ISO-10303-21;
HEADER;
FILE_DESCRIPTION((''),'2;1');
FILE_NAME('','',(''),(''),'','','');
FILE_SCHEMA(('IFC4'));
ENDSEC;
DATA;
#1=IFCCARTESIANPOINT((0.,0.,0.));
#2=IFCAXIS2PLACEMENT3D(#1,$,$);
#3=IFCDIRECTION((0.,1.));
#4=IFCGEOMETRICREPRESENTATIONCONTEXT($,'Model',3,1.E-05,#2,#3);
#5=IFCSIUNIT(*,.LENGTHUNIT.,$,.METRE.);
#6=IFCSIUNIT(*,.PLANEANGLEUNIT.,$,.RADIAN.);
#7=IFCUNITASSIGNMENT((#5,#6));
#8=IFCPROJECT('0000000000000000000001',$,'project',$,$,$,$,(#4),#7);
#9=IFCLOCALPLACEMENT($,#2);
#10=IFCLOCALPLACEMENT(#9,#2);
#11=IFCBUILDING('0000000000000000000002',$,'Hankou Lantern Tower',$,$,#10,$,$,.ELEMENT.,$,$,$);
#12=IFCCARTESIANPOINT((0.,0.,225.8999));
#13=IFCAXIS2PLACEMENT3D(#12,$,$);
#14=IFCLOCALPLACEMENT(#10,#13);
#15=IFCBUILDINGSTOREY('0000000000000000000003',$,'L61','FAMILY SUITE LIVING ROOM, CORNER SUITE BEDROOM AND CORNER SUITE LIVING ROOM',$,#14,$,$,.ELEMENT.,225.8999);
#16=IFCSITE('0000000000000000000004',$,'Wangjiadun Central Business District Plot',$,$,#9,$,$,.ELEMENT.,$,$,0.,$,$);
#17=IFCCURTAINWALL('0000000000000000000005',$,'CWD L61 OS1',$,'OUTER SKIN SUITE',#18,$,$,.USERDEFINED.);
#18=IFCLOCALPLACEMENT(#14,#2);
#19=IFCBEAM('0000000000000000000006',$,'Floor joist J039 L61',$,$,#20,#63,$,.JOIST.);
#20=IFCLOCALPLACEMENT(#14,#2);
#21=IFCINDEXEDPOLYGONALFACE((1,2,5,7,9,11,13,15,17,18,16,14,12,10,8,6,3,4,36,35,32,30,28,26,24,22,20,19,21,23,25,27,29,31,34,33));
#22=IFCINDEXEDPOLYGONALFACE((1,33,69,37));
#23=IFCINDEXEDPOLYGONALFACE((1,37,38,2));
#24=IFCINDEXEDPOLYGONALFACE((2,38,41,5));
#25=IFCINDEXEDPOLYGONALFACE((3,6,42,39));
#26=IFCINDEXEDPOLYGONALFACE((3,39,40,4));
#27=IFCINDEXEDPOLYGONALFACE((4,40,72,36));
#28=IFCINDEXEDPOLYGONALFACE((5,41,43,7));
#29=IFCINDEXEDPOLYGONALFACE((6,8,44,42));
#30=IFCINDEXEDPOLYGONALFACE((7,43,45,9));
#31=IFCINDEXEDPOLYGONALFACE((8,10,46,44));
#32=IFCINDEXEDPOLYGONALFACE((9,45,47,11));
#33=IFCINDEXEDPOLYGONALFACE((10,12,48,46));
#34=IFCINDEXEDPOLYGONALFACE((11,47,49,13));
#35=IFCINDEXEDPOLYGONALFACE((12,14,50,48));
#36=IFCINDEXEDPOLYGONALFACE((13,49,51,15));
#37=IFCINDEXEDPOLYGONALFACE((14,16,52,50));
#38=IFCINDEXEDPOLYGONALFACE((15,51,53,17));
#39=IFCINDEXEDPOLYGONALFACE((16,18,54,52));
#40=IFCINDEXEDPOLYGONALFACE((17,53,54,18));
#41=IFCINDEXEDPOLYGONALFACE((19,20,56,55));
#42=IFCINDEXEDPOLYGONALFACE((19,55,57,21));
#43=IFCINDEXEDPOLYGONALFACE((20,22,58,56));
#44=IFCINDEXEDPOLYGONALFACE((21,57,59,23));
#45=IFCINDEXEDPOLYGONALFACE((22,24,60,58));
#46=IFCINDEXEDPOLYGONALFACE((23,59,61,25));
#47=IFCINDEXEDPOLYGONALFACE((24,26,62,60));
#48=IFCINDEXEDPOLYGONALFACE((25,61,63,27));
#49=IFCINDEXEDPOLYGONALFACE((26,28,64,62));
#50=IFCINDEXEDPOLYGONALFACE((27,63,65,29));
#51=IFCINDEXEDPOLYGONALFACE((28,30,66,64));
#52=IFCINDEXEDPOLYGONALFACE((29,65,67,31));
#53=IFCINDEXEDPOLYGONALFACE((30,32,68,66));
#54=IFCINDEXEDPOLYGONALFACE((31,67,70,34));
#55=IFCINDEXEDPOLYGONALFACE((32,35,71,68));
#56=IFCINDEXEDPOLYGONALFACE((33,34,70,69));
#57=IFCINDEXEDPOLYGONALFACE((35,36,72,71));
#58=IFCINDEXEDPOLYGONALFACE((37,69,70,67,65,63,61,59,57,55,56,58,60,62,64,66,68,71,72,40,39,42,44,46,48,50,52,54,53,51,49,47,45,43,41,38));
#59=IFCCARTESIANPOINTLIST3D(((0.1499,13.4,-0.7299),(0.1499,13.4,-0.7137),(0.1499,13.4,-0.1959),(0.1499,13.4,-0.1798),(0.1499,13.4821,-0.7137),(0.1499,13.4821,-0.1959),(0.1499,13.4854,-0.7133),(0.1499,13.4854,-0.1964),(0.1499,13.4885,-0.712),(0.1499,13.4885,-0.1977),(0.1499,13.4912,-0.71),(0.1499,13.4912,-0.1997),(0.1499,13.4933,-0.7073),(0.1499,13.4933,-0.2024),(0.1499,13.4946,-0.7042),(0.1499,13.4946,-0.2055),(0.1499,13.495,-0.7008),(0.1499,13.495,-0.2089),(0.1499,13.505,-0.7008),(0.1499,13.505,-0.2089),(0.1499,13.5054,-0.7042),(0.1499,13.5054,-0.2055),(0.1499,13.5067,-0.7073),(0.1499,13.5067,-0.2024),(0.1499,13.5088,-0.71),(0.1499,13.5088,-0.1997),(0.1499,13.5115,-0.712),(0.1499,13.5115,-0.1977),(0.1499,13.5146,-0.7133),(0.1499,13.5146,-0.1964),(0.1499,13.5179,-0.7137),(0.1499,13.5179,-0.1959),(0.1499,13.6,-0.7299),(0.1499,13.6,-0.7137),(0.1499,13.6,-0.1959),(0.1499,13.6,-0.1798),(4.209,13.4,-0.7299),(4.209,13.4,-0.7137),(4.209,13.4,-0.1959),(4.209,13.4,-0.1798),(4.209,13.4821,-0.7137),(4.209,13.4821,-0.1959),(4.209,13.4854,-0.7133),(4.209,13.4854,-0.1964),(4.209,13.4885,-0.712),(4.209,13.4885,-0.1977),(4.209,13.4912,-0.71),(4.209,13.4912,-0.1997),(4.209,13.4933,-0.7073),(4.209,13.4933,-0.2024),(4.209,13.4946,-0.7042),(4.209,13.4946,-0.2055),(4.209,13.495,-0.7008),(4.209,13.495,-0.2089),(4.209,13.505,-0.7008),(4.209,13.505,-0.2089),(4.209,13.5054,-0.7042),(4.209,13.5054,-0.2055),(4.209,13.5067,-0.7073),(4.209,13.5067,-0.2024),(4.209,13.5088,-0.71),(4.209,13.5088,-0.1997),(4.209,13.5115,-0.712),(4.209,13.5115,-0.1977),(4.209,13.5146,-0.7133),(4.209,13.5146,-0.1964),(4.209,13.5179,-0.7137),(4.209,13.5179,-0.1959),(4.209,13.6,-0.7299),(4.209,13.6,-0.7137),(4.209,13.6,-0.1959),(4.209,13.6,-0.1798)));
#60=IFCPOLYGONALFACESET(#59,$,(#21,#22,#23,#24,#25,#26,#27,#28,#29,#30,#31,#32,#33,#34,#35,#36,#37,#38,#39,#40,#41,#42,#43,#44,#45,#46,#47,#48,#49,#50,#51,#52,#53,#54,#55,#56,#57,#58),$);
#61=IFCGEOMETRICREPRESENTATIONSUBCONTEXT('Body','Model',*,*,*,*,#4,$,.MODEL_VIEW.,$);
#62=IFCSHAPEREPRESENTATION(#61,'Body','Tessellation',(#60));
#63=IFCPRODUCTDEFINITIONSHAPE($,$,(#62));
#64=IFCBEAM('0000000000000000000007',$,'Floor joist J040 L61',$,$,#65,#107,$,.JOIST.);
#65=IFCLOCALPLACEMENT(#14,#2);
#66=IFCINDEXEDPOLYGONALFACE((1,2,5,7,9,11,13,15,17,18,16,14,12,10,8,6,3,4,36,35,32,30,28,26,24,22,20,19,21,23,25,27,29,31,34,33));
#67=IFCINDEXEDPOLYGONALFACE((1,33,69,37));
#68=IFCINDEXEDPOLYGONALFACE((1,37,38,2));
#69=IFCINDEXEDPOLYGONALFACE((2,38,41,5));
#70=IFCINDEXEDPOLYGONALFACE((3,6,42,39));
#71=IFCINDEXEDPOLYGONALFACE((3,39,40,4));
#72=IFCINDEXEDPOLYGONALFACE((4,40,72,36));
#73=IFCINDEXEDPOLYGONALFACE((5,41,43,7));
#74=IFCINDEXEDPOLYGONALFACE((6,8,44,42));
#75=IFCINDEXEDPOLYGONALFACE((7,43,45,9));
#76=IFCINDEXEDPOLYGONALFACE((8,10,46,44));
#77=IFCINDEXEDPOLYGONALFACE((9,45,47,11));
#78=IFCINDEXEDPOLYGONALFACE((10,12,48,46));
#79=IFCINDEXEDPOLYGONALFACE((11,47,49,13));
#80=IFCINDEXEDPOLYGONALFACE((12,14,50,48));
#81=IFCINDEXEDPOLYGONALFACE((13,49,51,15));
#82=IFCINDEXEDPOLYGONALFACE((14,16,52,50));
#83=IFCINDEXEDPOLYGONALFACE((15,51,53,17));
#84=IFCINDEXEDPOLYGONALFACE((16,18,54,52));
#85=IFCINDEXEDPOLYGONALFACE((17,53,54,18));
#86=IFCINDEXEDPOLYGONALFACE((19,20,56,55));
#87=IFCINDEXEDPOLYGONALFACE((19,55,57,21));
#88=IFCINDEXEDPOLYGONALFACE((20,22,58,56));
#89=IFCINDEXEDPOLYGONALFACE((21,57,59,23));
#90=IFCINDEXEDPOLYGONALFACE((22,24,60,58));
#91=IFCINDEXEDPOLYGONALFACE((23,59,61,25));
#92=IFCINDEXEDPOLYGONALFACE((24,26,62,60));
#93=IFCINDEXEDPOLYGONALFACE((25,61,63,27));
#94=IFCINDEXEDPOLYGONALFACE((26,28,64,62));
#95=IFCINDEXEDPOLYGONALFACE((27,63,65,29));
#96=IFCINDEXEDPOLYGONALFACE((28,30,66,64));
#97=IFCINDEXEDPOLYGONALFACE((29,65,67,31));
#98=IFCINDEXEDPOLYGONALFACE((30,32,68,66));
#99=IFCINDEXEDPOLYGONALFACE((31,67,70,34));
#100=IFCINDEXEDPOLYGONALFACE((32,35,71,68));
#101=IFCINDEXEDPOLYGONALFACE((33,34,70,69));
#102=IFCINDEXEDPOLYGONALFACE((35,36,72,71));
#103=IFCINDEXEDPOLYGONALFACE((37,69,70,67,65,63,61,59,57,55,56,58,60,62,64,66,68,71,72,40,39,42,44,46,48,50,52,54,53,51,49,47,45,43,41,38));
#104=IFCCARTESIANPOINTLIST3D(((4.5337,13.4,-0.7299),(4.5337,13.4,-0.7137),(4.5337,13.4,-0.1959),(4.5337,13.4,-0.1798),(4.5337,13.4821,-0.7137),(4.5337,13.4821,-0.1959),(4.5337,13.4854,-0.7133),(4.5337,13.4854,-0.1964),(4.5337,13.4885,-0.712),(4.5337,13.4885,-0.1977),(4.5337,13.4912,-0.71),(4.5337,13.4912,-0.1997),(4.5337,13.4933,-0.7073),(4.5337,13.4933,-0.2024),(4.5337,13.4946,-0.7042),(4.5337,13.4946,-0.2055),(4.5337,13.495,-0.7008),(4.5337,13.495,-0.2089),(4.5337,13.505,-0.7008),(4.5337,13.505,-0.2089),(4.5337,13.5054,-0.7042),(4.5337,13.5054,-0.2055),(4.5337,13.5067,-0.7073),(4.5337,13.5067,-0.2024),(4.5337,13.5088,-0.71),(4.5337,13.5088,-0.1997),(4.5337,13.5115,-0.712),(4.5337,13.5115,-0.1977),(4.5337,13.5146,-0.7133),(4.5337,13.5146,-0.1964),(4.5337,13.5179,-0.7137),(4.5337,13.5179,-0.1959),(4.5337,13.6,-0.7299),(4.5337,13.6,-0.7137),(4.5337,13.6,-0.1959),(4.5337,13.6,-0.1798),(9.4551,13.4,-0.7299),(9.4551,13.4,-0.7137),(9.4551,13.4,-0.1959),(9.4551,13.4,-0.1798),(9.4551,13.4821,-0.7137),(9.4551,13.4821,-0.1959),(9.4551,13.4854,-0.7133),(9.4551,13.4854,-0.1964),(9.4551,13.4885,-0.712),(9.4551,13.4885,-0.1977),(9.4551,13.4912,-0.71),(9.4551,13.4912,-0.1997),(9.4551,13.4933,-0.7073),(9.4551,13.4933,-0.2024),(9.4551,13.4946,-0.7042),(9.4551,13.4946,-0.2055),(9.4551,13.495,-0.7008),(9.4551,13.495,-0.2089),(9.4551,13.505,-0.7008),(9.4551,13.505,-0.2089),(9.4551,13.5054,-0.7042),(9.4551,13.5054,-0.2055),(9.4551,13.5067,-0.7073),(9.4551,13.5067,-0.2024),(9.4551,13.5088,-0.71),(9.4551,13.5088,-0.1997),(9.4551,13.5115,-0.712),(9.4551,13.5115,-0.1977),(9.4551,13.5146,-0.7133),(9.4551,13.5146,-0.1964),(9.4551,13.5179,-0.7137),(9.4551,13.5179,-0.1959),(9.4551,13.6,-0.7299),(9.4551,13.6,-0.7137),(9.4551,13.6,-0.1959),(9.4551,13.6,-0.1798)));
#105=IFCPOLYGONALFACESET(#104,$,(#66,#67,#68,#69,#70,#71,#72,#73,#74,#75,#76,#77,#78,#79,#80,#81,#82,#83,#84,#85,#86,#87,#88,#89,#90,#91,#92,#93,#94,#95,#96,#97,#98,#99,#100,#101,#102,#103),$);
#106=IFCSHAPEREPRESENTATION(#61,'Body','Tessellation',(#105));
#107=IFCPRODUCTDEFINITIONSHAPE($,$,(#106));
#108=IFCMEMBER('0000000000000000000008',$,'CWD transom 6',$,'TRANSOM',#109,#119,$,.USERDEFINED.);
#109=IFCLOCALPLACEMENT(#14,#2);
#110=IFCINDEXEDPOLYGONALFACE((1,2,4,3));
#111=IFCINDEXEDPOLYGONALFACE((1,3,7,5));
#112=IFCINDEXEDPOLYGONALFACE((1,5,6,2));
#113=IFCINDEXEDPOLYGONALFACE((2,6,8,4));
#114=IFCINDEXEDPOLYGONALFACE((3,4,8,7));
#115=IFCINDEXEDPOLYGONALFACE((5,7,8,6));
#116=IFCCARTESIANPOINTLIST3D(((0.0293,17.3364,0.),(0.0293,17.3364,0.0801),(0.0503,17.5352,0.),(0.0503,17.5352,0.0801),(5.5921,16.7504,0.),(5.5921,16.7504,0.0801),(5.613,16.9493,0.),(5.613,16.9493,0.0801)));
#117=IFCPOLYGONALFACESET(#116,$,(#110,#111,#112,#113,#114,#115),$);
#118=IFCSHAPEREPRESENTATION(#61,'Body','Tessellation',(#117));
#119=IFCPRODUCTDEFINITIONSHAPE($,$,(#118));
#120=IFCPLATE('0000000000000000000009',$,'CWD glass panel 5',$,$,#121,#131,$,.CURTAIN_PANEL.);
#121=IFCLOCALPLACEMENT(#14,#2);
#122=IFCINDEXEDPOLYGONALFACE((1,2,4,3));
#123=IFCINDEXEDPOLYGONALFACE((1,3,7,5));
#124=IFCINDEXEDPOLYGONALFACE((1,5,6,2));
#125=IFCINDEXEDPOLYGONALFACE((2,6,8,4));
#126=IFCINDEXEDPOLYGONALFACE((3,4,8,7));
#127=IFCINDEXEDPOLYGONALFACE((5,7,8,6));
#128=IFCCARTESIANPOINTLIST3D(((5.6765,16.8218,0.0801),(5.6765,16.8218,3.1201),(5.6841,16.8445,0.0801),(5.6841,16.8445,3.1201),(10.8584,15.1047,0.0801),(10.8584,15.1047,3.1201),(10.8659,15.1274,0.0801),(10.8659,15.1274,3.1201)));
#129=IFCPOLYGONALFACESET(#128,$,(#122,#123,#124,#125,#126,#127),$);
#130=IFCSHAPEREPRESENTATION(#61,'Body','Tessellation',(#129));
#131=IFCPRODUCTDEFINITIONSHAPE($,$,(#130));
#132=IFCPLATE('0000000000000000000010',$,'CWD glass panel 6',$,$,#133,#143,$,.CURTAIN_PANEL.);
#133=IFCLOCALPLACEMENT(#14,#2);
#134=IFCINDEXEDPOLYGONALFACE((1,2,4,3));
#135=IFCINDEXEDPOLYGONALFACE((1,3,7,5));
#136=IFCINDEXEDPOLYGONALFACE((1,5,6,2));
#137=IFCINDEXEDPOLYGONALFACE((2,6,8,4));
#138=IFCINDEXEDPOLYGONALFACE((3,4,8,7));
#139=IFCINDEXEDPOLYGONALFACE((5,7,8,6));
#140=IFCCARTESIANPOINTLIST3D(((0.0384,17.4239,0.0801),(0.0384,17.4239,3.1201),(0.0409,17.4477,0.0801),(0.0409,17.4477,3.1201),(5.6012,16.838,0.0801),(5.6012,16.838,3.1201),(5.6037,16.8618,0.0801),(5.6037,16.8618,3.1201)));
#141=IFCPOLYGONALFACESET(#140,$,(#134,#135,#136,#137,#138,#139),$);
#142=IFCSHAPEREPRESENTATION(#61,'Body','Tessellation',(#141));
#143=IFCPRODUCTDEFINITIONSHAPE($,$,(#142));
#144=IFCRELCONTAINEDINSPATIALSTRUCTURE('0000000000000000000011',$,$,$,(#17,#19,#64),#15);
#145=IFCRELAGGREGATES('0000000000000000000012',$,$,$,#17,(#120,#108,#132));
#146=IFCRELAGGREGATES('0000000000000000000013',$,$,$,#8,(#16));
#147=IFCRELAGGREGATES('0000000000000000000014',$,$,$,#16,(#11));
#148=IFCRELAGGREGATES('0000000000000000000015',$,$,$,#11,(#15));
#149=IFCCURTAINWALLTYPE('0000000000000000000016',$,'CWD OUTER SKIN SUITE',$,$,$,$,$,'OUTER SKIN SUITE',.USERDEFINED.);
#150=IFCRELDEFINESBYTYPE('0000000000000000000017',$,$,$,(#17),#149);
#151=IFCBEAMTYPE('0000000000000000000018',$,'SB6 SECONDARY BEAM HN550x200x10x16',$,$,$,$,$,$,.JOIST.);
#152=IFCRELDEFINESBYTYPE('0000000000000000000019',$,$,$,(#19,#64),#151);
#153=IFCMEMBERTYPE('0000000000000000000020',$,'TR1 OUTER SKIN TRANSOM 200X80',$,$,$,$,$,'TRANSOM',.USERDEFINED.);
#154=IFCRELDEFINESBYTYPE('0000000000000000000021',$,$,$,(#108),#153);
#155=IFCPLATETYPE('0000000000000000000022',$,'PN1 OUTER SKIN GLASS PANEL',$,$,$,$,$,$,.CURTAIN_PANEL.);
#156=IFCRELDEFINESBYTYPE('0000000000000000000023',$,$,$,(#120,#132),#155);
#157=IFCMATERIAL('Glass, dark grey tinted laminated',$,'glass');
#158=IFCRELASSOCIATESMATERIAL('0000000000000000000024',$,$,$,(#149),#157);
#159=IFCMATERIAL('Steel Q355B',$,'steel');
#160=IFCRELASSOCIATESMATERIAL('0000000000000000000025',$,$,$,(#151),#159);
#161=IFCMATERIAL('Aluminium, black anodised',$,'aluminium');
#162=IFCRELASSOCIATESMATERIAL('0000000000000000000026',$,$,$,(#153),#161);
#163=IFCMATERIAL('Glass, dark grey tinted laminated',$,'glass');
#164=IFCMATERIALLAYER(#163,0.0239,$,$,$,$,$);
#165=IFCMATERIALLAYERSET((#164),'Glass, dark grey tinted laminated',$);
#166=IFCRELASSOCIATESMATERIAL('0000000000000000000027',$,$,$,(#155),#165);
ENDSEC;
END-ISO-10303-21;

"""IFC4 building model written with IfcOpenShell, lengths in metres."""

from ifc_helpers import new_model, si_unit, direction, frame, origin, origin_2d, place, context, subcontext, project, spatial, rectangle, i_section, extrude, material, layer, layer_set, material_profile, profile_set, type_object, element, aggregate, save


model = new_model("IFC4")

# Units and contexts
model_context = context("Model", 3, precision=1e-05, world=origin(), true_north=direction((0.0, 1.0)))
body_context = subcontext(model_context, "Body", "Model", "MODEL_VIEW")
ifc_project = project(units=[si_unit("LENGTHUNIT", "METRE"), si_unit("PLANEANGLEUNIT", "RADIAN")], contexts=[model_context])

# Site, building, storey
site_placement = place(None, origin())
site = spatial("IfcSite", under=ifc_project, at=site_placement, Name="Wangjiadun Central Business District Plot", CompositionType="ELEMENT", RefElevation=0.0)
building_placement = place(site_placement, origin())
building = spatial("IfcBuilding", under=site, at=building_placement, Name="Hankou Lantern Tower", CompositionType="ELEMENT")
storey_placement = place(building_placement, frame((0.0, 0.0, 225.8999)))
storey = spatial("IfcBuildingStorey", under=building, at=storey_placement, Name="L61", Description="FAMILY SUITE LIVING ROOM, CORNER SUITE BEDROOM AND CORNER SUITE LIVING ROOM", CompositionType="ELEMENT", Elevation=225.8999)

# Curtain wall
ifc_material_1 = material(Name="Glass, dark grey tinted laminated", Category="glass")
curtain_wall_type = type_object("IfcCurtainWallType", Name="CWD OUTER SKIN SUITE", ElementType="OUTER SKIN SUITE", PredefinedType="USERDEFINED", material=ifc_material_1)
curtain_wall_1_placement = place(storey_placement, origin())
curtain_wall_1 = element("IfcCurtainWall", 1, at=curtain_wall_1_placement, inside=storey, type_object=curtain_wall_type, Name="CWD L61 OS1", ObjectType="OUTER SKIN SUITE", PredefinedType="USERDEFINED")

# Beams
ifc_material_2 = material(Name="Steel Q355B", Category="steel")
ifc_material_profile_1 = material_profile(ifc_material_2, i_section(OverallWidth=0.2, OverallDepth=0.55, WebThickness=0.01, FlangeThickness=0.0161, FilletRadius=0.0129, at=origin_2d()), Name="HN550x200x10x16")
ifc_profile_set_1 = profile_set([ifc_material_profile_1], Name="Steel Q355B")
beam_type_1 = type_object("IfcBeamType", Name="SB6 SECONDARY BEAM HN550x200x10x16", PredefinedType="JOIST", material=ifc_profile_set_1)
beam_1_placement = place(storey_placement, frame((0.1499, 13.5, -0.4548), z_axis=(1.0, 0.0, 0.0), x_axis=(0.0, 1.0, 0.0)))
element("IfcBeam", 2, at=beam_1_placement, inside=storey, type_object=beam_type_1, Name="Floor joist J039 L61", PredefinedType="JOIST", context=body_context, shape_type="SweptSolid", body=[
    extrude(i_section(OverallWidth=0.2, OverallDepth=0.55, WebThickness=0.01, FlangeThickness=0.0161, FilletRadius=0.0129, at=origin_2d()), origin(), (0.0, 0.0, 1.0), 4.0591),
])
beam_2_placement = place(storey_placement, frame((4.5337, 13.5, -0.4548), z_axis=(1.0, 0.0, 0.0), x_axis=(0.0, 1.0, 0.0)))
element("IfcBeam", 3, at=beam_2_placement, inside=storey, type_object=beam_type_1, Name="Floor joist J040 L61", PredefinedType="JOIST", context=body_context, shape_type="SweptSolid", body=[
    extrude(i_section(OverallWidth=0.2, OverallDepth=0.55, WebThickness=0.01, FlangeThickness=0.0161, FilletRadius=0.0129, at=origin_2d()), origin(), (0.0, 0.0, 1.0), 4.9214),
])

# Member
ifc_material_3 = material(Name="Aluminium, black anodised", Category="aluminium")
ifc_material_profile_2 = material_profile(ifc_material_3, rectangle(XDim=0.2, YDim=0.0801, at=origin_2d()), Name="TR1 200X80")
ifc_profile_set_2 = profile_set([ifc_material_profile_2], Name="Aluminium, black anodised")
member_type_1 = type_object("IfcMemberType", Name="TR1 OUTER SKIN TRANSOM 200X80", ElementType="TRANSOM", PredefinedType="USERDEFINED", material=ifc_profile_set_2)
member_1_placement = place(storey_placement, frame((5.6025, 16.8499, 0.04), z_axis=(-0.994498, 0.104753, 0.0), x_axis=(-0.104753, -0.994498, 0.0)))
member_1 = element("IfcMember", 4, at=member_1_placement, type_object=member_type_1, Name="CWD transom 6", ObjectType="TRANSOM", PredefinedType="USERDEFINED", context=body_context, shape_type="SweptSolid", body=[
    extrude(rectangle(XDim=0.2, YDim=0.0801, at=origin_2d()), origin(), (0.0, 0.0, 1.0), 5.5935),
])

# Plates
ifc_material_4 = material(Name="Glass, dark grey tinted laminated", Category="glass")
ifc_layer_1 = layer(ifc_material_4, 0.0239)
ifc_layer_set_1 = layer_set([ifc_layer_1], Name="Glass, dark grey tinted laminated")
plate_type = type_object("IfcPlateType", Name="PN1 OUTER SKIN GLASS PANEL", PredefinedType="CURTAIN_PANEL", material=ifc_layer_set_1)
plate_1_placement = place(storey_placement, frame((8.2712, 15.9746, 0.0801), z_axis=(0.0, 0.0, 1.0), x_axis=(-0.949241, 0.314551, 0.0)))
plate_1 = element("IfcPlate", 5, at=plate_1_placement, type_object=plate_type, Name="CWD glass panel 5", PredefinedType="CURTAIN_PANEL", context=body_context, shape_type="SweptSolid", body=[
    extrude(rectangle(XDim=5.459, YDim=0.0239, at=origin_2d()), origin(), (0.0, 0.0, 1.0), 3.04),
])
plate_2_placement = place(storey_placement, frame((2.821, 17.1428, 0.0801), z_axis=(0.0, 0.0, 1.0), x_axis=(-0.994499, 0.104743, 0.0)))
plate_2 = element("IfcPlate", 6, at=plate_2_placement, type_object=plate_type, Name="CWD glass panel 6", PredefinedType="CURTAIN_PANEL", context=body_context, shape_type="SweptSolid", body=[
    extrude(rectangle(XDim=5.5935, YDim=0.0239, at=origin_2d()), origin(), (0.0, 0.0, 1.0), 3.04),
])
aggregate(curtain_wall_1, [plate_1, member_1, plate_2])

save(model, "model.ifc")
